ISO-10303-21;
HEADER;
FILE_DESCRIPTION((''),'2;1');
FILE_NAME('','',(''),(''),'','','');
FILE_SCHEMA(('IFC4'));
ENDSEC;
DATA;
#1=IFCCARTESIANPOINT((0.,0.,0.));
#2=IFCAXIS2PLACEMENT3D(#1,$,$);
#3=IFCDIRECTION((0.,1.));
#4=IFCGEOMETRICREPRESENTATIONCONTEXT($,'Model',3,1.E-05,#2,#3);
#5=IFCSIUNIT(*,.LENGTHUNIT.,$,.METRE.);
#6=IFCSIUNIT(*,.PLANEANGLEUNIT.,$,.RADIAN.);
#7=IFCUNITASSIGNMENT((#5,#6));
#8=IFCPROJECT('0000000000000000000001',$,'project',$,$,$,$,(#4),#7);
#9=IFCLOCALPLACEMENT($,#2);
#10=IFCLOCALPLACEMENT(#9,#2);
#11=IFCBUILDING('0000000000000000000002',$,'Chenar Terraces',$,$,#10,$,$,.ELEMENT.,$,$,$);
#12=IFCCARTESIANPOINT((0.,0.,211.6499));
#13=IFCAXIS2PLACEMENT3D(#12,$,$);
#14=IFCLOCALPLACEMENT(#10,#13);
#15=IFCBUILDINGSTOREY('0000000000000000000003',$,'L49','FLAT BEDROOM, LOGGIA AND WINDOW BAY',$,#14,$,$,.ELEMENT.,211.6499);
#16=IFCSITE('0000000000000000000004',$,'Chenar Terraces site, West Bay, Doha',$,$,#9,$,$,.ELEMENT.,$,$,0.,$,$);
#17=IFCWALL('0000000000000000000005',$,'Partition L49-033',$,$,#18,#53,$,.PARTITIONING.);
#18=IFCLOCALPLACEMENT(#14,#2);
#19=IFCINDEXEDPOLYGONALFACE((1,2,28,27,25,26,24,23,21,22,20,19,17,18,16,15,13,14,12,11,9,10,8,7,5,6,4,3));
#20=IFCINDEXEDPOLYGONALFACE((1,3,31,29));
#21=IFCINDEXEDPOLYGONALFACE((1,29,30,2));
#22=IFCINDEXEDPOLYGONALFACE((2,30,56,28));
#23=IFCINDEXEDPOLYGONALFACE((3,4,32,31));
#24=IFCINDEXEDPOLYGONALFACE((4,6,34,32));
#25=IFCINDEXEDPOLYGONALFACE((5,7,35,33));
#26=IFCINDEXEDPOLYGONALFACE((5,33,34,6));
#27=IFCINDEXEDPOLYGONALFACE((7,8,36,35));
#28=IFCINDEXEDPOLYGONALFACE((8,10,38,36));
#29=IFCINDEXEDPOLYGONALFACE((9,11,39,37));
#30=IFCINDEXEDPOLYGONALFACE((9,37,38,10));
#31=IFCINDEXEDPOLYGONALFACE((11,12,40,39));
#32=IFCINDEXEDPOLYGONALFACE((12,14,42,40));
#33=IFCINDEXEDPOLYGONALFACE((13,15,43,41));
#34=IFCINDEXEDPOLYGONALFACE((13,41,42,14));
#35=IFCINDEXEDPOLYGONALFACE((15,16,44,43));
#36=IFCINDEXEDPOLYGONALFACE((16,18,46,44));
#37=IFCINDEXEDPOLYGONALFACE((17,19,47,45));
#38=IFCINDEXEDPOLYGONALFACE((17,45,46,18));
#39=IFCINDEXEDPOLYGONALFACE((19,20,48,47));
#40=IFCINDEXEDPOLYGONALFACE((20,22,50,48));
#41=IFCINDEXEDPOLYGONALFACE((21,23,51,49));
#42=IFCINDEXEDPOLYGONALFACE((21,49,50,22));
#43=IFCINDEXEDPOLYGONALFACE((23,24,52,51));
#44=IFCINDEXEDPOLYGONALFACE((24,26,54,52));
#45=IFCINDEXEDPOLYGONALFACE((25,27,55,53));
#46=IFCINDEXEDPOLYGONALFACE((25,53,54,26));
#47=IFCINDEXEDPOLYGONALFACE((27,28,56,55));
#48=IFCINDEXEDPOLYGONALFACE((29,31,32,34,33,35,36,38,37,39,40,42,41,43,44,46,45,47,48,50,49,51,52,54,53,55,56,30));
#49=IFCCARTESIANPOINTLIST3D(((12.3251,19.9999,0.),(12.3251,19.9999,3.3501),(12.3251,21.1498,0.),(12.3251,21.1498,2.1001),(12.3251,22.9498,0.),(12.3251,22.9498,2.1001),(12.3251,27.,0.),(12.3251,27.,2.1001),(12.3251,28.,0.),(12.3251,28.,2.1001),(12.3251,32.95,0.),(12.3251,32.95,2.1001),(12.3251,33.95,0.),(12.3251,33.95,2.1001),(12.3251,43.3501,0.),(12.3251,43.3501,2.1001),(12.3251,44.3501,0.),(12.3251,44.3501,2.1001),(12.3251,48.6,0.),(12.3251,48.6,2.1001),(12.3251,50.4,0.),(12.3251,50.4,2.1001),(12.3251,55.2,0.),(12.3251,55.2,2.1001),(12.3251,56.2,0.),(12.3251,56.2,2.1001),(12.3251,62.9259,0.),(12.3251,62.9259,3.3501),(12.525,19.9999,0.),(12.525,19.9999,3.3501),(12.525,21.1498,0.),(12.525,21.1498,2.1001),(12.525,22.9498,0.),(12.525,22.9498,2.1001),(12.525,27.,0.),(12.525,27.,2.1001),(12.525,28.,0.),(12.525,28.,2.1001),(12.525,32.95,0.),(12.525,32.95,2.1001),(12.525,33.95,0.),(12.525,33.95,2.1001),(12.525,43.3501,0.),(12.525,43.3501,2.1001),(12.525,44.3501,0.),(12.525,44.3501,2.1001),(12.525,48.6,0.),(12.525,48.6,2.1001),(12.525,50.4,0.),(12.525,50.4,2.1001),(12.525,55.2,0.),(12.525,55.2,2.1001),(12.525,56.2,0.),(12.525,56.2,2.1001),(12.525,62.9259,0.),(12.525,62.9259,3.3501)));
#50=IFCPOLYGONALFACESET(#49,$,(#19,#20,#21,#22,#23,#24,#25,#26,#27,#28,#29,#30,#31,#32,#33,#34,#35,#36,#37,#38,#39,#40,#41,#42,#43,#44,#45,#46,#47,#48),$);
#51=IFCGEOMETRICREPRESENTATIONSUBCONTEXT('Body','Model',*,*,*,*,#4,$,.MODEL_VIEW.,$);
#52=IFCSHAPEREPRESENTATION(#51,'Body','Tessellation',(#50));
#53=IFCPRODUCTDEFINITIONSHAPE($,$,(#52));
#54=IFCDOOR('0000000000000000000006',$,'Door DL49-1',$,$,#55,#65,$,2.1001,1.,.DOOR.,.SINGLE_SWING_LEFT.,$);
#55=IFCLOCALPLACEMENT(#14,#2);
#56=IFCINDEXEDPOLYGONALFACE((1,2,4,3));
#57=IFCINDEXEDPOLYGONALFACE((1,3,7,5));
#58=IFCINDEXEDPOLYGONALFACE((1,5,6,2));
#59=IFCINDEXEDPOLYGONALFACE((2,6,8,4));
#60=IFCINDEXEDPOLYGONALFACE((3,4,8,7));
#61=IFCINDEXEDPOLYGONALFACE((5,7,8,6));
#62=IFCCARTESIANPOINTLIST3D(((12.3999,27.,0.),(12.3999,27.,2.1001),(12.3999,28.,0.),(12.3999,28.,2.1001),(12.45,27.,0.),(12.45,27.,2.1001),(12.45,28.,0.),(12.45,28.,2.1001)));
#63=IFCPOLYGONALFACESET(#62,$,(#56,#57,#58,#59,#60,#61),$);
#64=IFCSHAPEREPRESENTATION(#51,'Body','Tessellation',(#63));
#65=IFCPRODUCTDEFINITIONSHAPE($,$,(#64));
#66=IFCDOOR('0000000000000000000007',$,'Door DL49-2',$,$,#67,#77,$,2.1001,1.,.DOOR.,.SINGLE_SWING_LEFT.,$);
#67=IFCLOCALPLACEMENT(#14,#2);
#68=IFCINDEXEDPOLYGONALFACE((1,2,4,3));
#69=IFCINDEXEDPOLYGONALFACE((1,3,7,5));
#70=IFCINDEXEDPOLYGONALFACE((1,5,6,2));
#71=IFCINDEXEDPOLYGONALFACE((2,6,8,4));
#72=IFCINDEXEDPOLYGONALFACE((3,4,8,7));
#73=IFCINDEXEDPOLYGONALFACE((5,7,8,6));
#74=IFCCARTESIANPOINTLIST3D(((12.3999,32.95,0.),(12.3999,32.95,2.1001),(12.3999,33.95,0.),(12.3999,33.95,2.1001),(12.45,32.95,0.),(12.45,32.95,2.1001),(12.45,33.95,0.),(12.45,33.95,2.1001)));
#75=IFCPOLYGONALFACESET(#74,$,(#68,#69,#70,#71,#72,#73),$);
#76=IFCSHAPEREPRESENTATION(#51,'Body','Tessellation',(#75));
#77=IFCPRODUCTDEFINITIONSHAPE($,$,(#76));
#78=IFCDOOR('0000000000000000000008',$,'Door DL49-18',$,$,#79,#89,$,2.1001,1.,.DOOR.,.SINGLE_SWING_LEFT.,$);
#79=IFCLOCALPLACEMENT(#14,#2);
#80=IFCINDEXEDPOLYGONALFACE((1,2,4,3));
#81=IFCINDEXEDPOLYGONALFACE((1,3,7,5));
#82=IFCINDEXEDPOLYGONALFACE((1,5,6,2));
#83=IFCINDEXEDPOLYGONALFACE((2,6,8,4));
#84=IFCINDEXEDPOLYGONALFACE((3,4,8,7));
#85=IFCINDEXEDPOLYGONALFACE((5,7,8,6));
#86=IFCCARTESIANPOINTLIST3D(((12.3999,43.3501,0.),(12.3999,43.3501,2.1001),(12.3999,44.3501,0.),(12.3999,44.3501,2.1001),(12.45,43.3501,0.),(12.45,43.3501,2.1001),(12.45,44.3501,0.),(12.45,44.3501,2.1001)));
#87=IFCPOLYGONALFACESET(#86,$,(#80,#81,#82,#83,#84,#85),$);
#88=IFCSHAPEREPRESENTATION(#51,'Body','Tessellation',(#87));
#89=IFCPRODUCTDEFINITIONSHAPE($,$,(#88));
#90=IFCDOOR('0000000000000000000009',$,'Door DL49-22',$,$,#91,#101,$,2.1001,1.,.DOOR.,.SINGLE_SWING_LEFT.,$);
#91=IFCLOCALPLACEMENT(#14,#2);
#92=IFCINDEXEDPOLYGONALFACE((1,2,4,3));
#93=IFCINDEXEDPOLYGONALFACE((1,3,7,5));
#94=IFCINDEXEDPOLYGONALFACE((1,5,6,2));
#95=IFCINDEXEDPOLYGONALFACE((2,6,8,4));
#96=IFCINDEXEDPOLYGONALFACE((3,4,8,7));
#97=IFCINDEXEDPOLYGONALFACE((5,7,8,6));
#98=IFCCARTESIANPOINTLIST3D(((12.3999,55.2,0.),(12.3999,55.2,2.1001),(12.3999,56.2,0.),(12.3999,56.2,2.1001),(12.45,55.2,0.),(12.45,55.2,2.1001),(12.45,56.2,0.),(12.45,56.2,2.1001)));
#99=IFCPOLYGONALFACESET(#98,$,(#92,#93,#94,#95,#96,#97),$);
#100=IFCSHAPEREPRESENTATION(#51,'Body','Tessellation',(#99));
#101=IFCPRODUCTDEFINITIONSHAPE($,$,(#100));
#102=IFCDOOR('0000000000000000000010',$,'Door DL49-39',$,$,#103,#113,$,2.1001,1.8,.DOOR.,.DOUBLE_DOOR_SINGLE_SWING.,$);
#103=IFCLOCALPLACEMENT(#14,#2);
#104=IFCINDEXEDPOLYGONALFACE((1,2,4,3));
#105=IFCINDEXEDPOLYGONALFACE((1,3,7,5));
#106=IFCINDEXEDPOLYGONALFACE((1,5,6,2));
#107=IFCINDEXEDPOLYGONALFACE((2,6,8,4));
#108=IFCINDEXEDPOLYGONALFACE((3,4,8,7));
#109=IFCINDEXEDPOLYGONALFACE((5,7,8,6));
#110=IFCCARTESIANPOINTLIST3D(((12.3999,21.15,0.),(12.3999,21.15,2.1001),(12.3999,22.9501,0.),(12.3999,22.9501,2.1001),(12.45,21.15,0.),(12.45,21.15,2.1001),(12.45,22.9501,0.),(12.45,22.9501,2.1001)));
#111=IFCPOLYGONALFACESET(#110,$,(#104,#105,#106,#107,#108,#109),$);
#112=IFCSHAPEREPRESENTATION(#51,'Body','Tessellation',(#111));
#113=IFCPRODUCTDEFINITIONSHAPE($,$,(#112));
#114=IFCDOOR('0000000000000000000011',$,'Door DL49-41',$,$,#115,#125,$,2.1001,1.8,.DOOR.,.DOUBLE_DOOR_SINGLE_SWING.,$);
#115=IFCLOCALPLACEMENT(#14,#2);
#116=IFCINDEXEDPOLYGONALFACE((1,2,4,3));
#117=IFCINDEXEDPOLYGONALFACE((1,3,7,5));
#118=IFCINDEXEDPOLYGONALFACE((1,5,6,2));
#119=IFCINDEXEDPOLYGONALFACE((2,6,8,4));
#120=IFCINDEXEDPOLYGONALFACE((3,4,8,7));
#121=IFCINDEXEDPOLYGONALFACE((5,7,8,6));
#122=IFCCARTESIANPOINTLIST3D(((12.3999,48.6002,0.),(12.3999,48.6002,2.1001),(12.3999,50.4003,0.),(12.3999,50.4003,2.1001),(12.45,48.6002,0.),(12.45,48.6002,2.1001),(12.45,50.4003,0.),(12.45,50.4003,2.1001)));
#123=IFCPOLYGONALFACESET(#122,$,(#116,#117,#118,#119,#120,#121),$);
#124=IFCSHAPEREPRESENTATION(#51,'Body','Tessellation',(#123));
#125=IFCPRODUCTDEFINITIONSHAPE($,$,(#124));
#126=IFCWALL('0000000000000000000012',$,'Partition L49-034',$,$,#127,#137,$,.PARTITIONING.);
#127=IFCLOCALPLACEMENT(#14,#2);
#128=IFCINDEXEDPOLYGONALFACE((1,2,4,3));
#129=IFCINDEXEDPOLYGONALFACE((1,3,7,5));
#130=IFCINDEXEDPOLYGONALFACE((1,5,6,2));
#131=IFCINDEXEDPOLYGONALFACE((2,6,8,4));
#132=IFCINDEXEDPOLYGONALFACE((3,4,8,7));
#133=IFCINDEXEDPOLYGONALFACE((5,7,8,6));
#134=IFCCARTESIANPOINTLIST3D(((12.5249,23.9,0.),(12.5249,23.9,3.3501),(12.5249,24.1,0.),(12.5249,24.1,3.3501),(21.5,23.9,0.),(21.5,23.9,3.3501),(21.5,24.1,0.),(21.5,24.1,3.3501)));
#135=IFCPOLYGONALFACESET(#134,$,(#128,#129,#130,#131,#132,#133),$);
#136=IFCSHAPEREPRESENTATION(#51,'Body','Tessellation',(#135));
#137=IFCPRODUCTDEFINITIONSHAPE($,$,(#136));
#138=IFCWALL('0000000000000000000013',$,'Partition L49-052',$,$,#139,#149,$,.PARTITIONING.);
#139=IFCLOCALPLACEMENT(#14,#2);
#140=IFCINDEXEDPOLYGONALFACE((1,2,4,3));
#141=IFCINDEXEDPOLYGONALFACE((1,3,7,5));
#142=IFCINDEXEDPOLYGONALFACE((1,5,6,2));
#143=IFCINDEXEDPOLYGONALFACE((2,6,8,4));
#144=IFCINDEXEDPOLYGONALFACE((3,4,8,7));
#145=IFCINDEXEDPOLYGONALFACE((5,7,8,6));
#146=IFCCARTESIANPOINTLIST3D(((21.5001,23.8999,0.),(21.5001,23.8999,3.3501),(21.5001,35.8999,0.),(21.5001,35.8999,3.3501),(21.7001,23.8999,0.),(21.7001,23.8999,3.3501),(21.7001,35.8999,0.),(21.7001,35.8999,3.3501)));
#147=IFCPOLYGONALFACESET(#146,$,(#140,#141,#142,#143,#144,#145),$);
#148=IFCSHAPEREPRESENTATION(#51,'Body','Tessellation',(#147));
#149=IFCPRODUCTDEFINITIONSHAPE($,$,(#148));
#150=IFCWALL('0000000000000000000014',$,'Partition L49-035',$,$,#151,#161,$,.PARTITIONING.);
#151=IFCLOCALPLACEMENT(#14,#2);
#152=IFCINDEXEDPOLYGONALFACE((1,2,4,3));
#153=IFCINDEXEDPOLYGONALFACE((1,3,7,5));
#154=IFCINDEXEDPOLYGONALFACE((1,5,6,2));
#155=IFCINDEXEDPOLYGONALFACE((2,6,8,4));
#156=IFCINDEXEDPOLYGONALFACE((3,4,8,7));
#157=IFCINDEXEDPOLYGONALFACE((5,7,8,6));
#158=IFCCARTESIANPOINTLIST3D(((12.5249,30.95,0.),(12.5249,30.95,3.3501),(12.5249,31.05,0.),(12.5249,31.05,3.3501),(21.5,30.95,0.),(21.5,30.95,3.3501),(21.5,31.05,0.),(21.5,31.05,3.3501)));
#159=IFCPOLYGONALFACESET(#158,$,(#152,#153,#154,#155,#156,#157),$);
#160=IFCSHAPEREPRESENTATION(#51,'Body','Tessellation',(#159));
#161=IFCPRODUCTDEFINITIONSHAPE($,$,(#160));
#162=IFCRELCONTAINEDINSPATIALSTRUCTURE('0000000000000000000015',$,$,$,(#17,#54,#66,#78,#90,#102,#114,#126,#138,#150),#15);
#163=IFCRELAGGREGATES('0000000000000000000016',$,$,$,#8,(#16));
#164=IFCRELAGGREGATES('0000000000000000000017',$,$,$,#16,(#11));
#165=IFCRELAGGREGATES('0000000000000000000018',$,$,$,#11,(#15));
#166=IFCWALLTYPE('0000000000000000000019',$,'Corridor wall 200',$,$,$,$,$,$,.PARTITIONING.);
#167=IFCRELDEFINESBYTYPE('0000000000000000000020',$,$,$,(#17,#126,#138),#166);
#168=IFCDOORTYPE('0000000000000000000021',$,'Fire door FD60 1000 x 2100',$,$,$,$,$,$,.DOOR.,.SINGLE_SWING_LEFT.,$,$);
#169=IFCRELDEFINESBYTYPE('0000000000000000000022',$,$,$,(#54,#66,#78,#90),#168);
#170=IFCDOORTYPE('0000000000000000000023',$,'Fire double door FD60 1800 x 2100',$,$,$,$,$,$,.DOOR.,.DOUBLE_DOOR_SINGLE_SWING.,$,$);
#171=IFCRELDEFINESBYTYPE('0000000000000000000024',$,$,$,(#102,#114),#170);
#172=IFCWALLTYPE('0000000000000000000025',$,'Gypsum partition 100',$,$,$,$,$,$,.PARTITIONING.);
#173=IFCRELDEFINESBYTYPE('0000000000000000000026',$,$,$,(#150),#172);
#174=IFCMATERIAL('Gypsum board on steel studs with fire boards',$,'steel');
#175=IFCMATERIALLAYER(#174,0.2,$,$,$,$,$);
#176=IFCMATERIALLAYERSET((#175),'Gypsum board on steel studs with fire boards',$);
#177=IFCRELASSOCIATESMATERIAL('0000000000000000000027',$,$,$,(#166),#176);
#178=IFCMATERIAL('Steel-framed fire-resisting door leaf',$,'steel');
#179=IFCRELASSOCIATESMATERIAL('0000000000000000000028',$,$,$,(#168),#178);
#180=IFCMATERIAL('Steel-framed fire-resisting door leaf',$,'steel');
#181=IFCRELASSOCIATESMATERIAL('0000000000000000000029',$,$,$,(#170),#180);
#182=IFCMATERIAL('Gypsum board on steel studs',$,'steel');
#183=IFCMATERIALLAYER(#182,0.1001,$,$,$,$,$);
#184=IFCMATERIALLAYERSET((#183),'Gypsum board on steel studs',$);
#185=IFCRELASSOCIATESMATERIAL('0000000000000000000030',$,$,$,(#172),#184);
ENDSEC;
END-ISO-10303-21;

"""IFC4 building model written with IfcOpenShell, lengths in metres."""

from ifc_helpers import new_model, si_unit, direction, frame, frame_2d, origin, place, context, subcontext, project, spatial, rectangle, extrude, material, layer, layer_set, type_object, element, fill, save


model = new_model("IFC4")

# Units and contexts
model_context = context("Model", 3, precision=1e-05, world=origin(), true_north=direction((0.0, 1.0)))
body_context = subcontext(model_context, "Body", "Model", "MODEL_VIEW")
ifc_project = project(units=[si_unit("LENGTHUNIT", "METRE"), si_unit("PLANEANGLEUNIT", "RADIAN")], contexts=[model_context])

# Site, building, storey
site_placement = place(None, origin())
site = spatial("IfcSite", under=ifc_project, at=site_placement, Name="Chenar Terraces site, West Bay, Doha", CompositionType="ELEMENT", RefElevation=0.0)
building_placement = place(site_placement, origin())
building = spatial("IfcBuilding", under=site, at=building_placement, Name="Chenar Terraces", CompositionType="ELEMENT")
storey_placement = place(building_placement, frame((0.0, 0.0, 211.6499)))
storey = spatial("IfcBuildingStorey", under=building, at=storey_placement, Name="L49", Description="FLAT BEDROOM, LOGGIA AND WINDOW BAY", CompositionType="ELEMENT", Elevation=211.6499)

# Wall, openings, doors
ifc_material_1 = material(Name="Gypsum board on steel studs with fire boards", Category="steel")
ifc_layer_1 = layer(ifc_material_1, 0.2)
ifc_layer_set_1 = layer_set([ifc_layer_1], Name="Gypsum board on steel studs with fire boards")
wall_type_1 = type_object("IfcWallType", Name="Corridor wall 200", PredefinedType="PARTITIONING", material=ifc_layer_set_1)
wall_1_placement = place(storey_placement, frame((12.425, 20.0, 0.0), z_axis=(0.0, 0.0, 1.0), x_axis=(0.0, 1.0, 0.0)))
wall_1 = element("IfcWall", 1, at=wall_1_placement, inside=storey, type_object=wall_type_1, Name="Partition L49-033", PredefinedType="PARTITIONING", context=body_context, shape_type="SweptSolid", body=[
    extrude(rectangle(XDim=42.926, YDim=0.2, at=frame_2d((21.4629, 0.0))), origin(), (0.0, 0.0, 1.0), 3.3501),
])
opening_1_placement = place(wall_1_placement, frame((7.0, 0.0, 0.0)))
opening_1 = element("IfcOpeningElement", 2, at=opening_1_placement, cuts=wall_1, PredefinedType="OPENING", context=body_context, shape_type="SweptSolid", body=[
    extrude(rectangle(XDim=1.0, YDim=2.1001, at=frame_2d((0.5, 1.05))), frame((0.0, 0.1099, 0.0), z_axis=(0.0, -1.0, 0.0), x_axis=(1.0, 0.0, 0.0)), (0.0, 0.0, 1.0), 0.22),
])
opening_2_placement = place(wall_1_placement, frame((12.95, 0.0, 0.0)))
opening_2 = element("IfcOpeningElement", 3, at=opening_2_placement, cuts=wall_1, PredefinedType="OPENING", context=body_context, shape_type="SweptSolid", body=[
    extrude(rectangle(XDim=1.0, YDim=2.1001, at=frame_2d((0.5, 1.05))), frame((0.0, 0.1099, 0.0), z_axis=(0.0, -1.0, 0.0), x_axis=(1.0, 0.0, 0.0)), (0.0, 0.0, 1.0), 0.22),
])
opening_3_placement = place(wall_1_placement, frame((23.3501, 0.0, 0.0)))
opening_3 = element("IfcOpeningElement", 4, at=opening_3_placement, cuts=wall_1, PredefinedType="OPENING", context=body_context, shape_type="SweptSolid", body=[
    extrude(rectangle(XDim=1.0, YDim=2.1001, at=frame_2d((0.5, 1.05))), frame((0.0, 0.1099, 0.0), z_axis=(0.0, -1.0, 0.0), x_axis=(1.0, 0.0, 0.0)), (0.0, 0.0, 1.0), 0.22),
])
opening_4_placement = place(wall_1_placement, frame((35.2, 0.0, 0.0)))
opening_4 = element("IfcOpeningElement", 5, at=opening_4_placement, cuts=wall_1, PredefinedType="OPENING", context=body_context, shape_type="SweptSolid", body=[
    extrude(rectangle(XDim=1.0, YDim=2.1001, at=frame_2d((0.5, 1.05))), frame((0.0, 0.1099, 0.0), z_axis=(0.0, -1.0, 0.0), x_axis=(1.0, 0.0, 0.0)), (0.0, 0.0, 1.0), 0.22),
])
opening_5_placement = place(wall_1_placement, frame((1.1499, 0.0, 0.0)))
opening_5 = element("IfcOpeningElement", 6, at=opening_5_placement, cuts=wall_1, PredefinedType="OPENING", context=body_context, shape_type="SweptSolid", body=[
    extrude(rectangle(XDim=1.8, YDim=2.1001, at=frame_2d((0.8999, 1.05))), frame((0.0, 0.1099, 0.0), z_axis=(0.0, -1.0, 0.0), x_axis=(1.0, 0.0, 0.0)), (0.0, 0.0, 1.0), 0.22),
])
opening_6_placement = place(wall_1_placement, frame((28.6001, 0.0, 0.0)))
opening_6 = element("IfcOpeningElement", 7, at=opening_6_placement, cuts=wall_1, PredefinedType="OPENING", context=body_context, shape_type="SweptSolid", body=[
    extrude(rectangle(XDim=1.8, YDim=2.1001, at=frame_2d((0.8999, 1.05))), frame((0.0, 0.1099, 0.0), z_axis=(0.0, -1.0, 0.0), x_axis=(1.0, 0.0, 0.0)), (0.0, 0.0, 1.0), 0.22),
])
ifc_material_2 = material(Name="Steel-framed fire-resisting door leaf", Category="steel")
door_type_1 = type_object("IfcDoorType", Name="Fire door FD60 1000 x 2100", OperationType="SINGLE_SWING_LEFT", PredefinedType="DOOR", material=ifc_material_2)
door_1_placement = place(opening_1_placement, frame((1.0, 0.0, 0.0), z_axis=(0.0, 0.0, 1.0), x_axis=(-1.0, 0.0, 0.0)))
door_1 = element("IfcDoor", 8, at=door_1_placement, inside=storey, type_object=door_type_1, Name="Door DL49-1", OperationType="SINGLE_SWING_LEFT", OverallHeight=2.1001, OverallWidth=1.0, PredefinedType="DOOR", context=body_context, shape_type="SweptSolid", body=[
    extrude(rectangle(XDim=1.0, YDim=2.1001, at=frame_2d((0.5, 1.05))), frame((0.0, 0.0249, 0.0), z_axis=(0.0, -1.0, 0.0), x_axis=(1.0, 0.0, 0.0)), (0.0, 0.0, 1.0), 0.05),
])
fill(opening_1, door_1)
door_2_placement = place(opening_2_placement, frame((1.0, 0.0, 0.0), z_axis=(0.0, 0.0, 1.0), x_axis=(-1.0, 0.0, 0.0)))
door_2 = element("IfcDoor", 9, at=door_2_placement, inside=storey, type_object=door_type_1, Name="Door DL49-2", OperationType="SINGLE_SWING_LEFT", OverallHeight=2.1001, OverallWidth=1.0, PredefinedType="DOOR", context=body_context, shape_type="SweptSolid", body=[
    extrude(rectangle(XDim=1.0, YDim=2.1001, at=frame_2d((0.5, 1.05))), frame((0.0, 0.0249, 0.0), z_axis=(0.0, -1.0, 0.0), x_axis=(1.0, 0.0, 0.0)), (0.0, 0.0, 1.0), 0.05),
])
fill(opening_2, door_2)
door_3_placement = place(opening_3_placement, frame((1.0, 0.0, 0.0), z_axis=(0.0, 0.0, 1.0), x_axis=(-1.0, 0.0, 0.0)))
door_3 = element("IfcDoor", 10, at=door_3_placement, inside=storey, type_object=door_type_1, Name="Door DL49-18", OperationType="SINGLE_SWING_LEFT", OverallHeight=2.1001, OverallWidth=1.0, PredefinedType="DOOR", context=body_context, shape_type="SweptSolid", body=[
    extrude(rectangle(XDim=1.0, YDim=2.1001, at=frame_2d((0.5, 1.05))), frame((0.0, 0.0249, 0.0), z_axis=(0.0, -1.0, 0.0), x_axis=(1.0, 0.0, 0.0)), (0.0, 0.0, 1.0), 0.05),
])
fill(opening_3, door_3)
door_4_placement = place(opening_4_placement, frame((1.0, 0.0, 0.0), z_axis=(0.0, 0.0, 1.0), x_axis=(-1.0, 0.0, 0.0)))
door_4 = element("IfcDoor", 11, at=door_4_placement, inside=storey, type_object=door_type_1, Name="Door DL49-22", OperationType="SINGLE_SWING_LEFT", OverallHeight=2.1001, OverallWidth=1.0, PredefinedType="DOOR", context=body_context, shape_type="SweptSolid", body=[
    extrude(rectangle(XDim=1.0, YDim=2.1001, at=frame_2d((0.5, 1.05))), frame((0.0, 0.0249, 0.0), z_axis=(0.0, -1.0, 0.0), x_axis=(1.0, 0.0, 0.0)), (0.0, 0.0, 1.0), 0.05),
])
fill(opening_4, door_4)
ifc_material_3 = material(Name="Steel-framed fire-resisting door leaf", Category="steel")
door_type_2 = type_object("IfcDoorType", Name="Fire double door FD60 1800 x 2100", OperationType="DOUBLE_DOOR_SINGLE_SWING", PredefinedType="DOOR", material=ifc_material_3)
door_5_placement = place(opening_5_placement, frame((1.8, 0.0, 0.0), z_axis=(0.0, 0.0, 1.0), x_axis=(-1.0, 0.0, 0.0)))
door_5 = element("IfcDoor", 12, at=door_5_placement, inside=storey, type_object=door_type_2, Name="Door DL49-39", OperationType="DOUBLE_DOOR_SINGLE_SWING", OverallHeight=2.1001, OverallWidth=1.8, PredefinedType="DOOR", context=body_context, shape_type="SweptSolid", body=[
    extrude(rectangle(XDim=1.8, YDim=2.1001, at=frame_2d((0.8999, 1.05))), frame((0.0, 0.0249, 0.0), z_axis=(0.0, -1.0, 0.0), x_axis=(1.0, 0.0, 0.0)), (0.0, 0.0, 1.0), 0.05),
])
fill(opening_5, door_5)
door_6_placement = place(opening_6_placement, frame((1.8, 0.0, 0.0), z_axis=(0.0, 0.0, 1.0), x_axis=(-1.0, 0.0, 0.0)))
door_6 = element("IfcDoor", 13, at=door_6_placement, inside=storey, type_object=door_type_2, Name="Door DL49-41", OperationType="DOUBLE_DOOR_SINGLE_SWING", OverallHeight=2.1001, OverallWidth=1.8, PredefinedType="DOOR", context=body_context, shape_type="SweptSolid", body=[
    extrude(rectangle(XDim=1.8, YDim=2.1001, at=frame_2d((0.8999, 1.05))), frame((0.0, 0.0249, 0.0), z_axis=(0.0, -1.0, 0.0), x_axis=(1.0, 0.0, 0.0)), (0.0, 0.0, 1.0), 0.05),
])
fill(opening_6, door_6)

# Walls
wall_2_placement = place(storey_placement, frame((12.5249, 24.0, 0.0), z_axis=(0.0, 0.0, 1.0), x_axis=(1.0, 0.0, 0.0)))
element("IfcWall", 14, at=wall_2_placement, inside=storey, type_object=wall_type_1, Name="Partition L49-034", PredefinedType="PARTITIONING", context=body_context, shape_type="SweptSolid", body=[
    extrude(rectangle(XDim=8.9751, YDim=0.2, at=frame_2d((4.4875, 0.0))), origin(), (0.0, 0.0, 1.0), 3.3501),
])
wall_3_placement = place(storey_placement, frame((21.6001, 23.8999, 0.0), z_axis=(0.0, 0.0, 1.0), x_axis=(0.0, 1.0, 0.0)))
element("IfcWall", 15, at=wall_3_placement, inside=storey, type_object=wall_type_1, Name="Partition L49-052", PredefinedType="PARTITIONING", context=body_context, shape_type="SweptSolid", body=[
    extrude(rectangle(XDim=12.0, YDim=0.2, at=frame_2d((6.0, 0.0))), origin(), (0.0, 0.0, 1.0), 3.3501),
])
ifc_material_4 = material(Name="Gypsum board on steel studs", Category="steel")
ifc_layer_2 = layer(ifc_material_4, 0.1001)
ifc_layer_set_2 = layer_set([ifc_layer_2], Name="Gypsum board on steel studs")
wall_type_2 = type_object("IfcWallType", Name="Gypsum partition 100", PredefinedType="PARTITIONING", material=ifc_layer_set_2)
wall_4_placement = place(storey_placement, frame((12.5249, 31.0, 0.0), z_axis=(0.0, 0.0, 1.0), x_axis=(1.0, 0.0, 0.0)))
element("IfcWall", 16, at=wall_4_placement, inside=storey, type_object=wall_type_2, Name="Partition L49-035", PredefinedType="PARTITIONING", context=body_context, shape_type="SweptSolid", body=[
    extrude(rectangle(XDim=8.9751, YDim=0.1001, at=frame_2d((4.4875, 0.0))), origin(), (0.0, 0.0, 1.0), 3.3501),
])

save(model, "model.ifc")
